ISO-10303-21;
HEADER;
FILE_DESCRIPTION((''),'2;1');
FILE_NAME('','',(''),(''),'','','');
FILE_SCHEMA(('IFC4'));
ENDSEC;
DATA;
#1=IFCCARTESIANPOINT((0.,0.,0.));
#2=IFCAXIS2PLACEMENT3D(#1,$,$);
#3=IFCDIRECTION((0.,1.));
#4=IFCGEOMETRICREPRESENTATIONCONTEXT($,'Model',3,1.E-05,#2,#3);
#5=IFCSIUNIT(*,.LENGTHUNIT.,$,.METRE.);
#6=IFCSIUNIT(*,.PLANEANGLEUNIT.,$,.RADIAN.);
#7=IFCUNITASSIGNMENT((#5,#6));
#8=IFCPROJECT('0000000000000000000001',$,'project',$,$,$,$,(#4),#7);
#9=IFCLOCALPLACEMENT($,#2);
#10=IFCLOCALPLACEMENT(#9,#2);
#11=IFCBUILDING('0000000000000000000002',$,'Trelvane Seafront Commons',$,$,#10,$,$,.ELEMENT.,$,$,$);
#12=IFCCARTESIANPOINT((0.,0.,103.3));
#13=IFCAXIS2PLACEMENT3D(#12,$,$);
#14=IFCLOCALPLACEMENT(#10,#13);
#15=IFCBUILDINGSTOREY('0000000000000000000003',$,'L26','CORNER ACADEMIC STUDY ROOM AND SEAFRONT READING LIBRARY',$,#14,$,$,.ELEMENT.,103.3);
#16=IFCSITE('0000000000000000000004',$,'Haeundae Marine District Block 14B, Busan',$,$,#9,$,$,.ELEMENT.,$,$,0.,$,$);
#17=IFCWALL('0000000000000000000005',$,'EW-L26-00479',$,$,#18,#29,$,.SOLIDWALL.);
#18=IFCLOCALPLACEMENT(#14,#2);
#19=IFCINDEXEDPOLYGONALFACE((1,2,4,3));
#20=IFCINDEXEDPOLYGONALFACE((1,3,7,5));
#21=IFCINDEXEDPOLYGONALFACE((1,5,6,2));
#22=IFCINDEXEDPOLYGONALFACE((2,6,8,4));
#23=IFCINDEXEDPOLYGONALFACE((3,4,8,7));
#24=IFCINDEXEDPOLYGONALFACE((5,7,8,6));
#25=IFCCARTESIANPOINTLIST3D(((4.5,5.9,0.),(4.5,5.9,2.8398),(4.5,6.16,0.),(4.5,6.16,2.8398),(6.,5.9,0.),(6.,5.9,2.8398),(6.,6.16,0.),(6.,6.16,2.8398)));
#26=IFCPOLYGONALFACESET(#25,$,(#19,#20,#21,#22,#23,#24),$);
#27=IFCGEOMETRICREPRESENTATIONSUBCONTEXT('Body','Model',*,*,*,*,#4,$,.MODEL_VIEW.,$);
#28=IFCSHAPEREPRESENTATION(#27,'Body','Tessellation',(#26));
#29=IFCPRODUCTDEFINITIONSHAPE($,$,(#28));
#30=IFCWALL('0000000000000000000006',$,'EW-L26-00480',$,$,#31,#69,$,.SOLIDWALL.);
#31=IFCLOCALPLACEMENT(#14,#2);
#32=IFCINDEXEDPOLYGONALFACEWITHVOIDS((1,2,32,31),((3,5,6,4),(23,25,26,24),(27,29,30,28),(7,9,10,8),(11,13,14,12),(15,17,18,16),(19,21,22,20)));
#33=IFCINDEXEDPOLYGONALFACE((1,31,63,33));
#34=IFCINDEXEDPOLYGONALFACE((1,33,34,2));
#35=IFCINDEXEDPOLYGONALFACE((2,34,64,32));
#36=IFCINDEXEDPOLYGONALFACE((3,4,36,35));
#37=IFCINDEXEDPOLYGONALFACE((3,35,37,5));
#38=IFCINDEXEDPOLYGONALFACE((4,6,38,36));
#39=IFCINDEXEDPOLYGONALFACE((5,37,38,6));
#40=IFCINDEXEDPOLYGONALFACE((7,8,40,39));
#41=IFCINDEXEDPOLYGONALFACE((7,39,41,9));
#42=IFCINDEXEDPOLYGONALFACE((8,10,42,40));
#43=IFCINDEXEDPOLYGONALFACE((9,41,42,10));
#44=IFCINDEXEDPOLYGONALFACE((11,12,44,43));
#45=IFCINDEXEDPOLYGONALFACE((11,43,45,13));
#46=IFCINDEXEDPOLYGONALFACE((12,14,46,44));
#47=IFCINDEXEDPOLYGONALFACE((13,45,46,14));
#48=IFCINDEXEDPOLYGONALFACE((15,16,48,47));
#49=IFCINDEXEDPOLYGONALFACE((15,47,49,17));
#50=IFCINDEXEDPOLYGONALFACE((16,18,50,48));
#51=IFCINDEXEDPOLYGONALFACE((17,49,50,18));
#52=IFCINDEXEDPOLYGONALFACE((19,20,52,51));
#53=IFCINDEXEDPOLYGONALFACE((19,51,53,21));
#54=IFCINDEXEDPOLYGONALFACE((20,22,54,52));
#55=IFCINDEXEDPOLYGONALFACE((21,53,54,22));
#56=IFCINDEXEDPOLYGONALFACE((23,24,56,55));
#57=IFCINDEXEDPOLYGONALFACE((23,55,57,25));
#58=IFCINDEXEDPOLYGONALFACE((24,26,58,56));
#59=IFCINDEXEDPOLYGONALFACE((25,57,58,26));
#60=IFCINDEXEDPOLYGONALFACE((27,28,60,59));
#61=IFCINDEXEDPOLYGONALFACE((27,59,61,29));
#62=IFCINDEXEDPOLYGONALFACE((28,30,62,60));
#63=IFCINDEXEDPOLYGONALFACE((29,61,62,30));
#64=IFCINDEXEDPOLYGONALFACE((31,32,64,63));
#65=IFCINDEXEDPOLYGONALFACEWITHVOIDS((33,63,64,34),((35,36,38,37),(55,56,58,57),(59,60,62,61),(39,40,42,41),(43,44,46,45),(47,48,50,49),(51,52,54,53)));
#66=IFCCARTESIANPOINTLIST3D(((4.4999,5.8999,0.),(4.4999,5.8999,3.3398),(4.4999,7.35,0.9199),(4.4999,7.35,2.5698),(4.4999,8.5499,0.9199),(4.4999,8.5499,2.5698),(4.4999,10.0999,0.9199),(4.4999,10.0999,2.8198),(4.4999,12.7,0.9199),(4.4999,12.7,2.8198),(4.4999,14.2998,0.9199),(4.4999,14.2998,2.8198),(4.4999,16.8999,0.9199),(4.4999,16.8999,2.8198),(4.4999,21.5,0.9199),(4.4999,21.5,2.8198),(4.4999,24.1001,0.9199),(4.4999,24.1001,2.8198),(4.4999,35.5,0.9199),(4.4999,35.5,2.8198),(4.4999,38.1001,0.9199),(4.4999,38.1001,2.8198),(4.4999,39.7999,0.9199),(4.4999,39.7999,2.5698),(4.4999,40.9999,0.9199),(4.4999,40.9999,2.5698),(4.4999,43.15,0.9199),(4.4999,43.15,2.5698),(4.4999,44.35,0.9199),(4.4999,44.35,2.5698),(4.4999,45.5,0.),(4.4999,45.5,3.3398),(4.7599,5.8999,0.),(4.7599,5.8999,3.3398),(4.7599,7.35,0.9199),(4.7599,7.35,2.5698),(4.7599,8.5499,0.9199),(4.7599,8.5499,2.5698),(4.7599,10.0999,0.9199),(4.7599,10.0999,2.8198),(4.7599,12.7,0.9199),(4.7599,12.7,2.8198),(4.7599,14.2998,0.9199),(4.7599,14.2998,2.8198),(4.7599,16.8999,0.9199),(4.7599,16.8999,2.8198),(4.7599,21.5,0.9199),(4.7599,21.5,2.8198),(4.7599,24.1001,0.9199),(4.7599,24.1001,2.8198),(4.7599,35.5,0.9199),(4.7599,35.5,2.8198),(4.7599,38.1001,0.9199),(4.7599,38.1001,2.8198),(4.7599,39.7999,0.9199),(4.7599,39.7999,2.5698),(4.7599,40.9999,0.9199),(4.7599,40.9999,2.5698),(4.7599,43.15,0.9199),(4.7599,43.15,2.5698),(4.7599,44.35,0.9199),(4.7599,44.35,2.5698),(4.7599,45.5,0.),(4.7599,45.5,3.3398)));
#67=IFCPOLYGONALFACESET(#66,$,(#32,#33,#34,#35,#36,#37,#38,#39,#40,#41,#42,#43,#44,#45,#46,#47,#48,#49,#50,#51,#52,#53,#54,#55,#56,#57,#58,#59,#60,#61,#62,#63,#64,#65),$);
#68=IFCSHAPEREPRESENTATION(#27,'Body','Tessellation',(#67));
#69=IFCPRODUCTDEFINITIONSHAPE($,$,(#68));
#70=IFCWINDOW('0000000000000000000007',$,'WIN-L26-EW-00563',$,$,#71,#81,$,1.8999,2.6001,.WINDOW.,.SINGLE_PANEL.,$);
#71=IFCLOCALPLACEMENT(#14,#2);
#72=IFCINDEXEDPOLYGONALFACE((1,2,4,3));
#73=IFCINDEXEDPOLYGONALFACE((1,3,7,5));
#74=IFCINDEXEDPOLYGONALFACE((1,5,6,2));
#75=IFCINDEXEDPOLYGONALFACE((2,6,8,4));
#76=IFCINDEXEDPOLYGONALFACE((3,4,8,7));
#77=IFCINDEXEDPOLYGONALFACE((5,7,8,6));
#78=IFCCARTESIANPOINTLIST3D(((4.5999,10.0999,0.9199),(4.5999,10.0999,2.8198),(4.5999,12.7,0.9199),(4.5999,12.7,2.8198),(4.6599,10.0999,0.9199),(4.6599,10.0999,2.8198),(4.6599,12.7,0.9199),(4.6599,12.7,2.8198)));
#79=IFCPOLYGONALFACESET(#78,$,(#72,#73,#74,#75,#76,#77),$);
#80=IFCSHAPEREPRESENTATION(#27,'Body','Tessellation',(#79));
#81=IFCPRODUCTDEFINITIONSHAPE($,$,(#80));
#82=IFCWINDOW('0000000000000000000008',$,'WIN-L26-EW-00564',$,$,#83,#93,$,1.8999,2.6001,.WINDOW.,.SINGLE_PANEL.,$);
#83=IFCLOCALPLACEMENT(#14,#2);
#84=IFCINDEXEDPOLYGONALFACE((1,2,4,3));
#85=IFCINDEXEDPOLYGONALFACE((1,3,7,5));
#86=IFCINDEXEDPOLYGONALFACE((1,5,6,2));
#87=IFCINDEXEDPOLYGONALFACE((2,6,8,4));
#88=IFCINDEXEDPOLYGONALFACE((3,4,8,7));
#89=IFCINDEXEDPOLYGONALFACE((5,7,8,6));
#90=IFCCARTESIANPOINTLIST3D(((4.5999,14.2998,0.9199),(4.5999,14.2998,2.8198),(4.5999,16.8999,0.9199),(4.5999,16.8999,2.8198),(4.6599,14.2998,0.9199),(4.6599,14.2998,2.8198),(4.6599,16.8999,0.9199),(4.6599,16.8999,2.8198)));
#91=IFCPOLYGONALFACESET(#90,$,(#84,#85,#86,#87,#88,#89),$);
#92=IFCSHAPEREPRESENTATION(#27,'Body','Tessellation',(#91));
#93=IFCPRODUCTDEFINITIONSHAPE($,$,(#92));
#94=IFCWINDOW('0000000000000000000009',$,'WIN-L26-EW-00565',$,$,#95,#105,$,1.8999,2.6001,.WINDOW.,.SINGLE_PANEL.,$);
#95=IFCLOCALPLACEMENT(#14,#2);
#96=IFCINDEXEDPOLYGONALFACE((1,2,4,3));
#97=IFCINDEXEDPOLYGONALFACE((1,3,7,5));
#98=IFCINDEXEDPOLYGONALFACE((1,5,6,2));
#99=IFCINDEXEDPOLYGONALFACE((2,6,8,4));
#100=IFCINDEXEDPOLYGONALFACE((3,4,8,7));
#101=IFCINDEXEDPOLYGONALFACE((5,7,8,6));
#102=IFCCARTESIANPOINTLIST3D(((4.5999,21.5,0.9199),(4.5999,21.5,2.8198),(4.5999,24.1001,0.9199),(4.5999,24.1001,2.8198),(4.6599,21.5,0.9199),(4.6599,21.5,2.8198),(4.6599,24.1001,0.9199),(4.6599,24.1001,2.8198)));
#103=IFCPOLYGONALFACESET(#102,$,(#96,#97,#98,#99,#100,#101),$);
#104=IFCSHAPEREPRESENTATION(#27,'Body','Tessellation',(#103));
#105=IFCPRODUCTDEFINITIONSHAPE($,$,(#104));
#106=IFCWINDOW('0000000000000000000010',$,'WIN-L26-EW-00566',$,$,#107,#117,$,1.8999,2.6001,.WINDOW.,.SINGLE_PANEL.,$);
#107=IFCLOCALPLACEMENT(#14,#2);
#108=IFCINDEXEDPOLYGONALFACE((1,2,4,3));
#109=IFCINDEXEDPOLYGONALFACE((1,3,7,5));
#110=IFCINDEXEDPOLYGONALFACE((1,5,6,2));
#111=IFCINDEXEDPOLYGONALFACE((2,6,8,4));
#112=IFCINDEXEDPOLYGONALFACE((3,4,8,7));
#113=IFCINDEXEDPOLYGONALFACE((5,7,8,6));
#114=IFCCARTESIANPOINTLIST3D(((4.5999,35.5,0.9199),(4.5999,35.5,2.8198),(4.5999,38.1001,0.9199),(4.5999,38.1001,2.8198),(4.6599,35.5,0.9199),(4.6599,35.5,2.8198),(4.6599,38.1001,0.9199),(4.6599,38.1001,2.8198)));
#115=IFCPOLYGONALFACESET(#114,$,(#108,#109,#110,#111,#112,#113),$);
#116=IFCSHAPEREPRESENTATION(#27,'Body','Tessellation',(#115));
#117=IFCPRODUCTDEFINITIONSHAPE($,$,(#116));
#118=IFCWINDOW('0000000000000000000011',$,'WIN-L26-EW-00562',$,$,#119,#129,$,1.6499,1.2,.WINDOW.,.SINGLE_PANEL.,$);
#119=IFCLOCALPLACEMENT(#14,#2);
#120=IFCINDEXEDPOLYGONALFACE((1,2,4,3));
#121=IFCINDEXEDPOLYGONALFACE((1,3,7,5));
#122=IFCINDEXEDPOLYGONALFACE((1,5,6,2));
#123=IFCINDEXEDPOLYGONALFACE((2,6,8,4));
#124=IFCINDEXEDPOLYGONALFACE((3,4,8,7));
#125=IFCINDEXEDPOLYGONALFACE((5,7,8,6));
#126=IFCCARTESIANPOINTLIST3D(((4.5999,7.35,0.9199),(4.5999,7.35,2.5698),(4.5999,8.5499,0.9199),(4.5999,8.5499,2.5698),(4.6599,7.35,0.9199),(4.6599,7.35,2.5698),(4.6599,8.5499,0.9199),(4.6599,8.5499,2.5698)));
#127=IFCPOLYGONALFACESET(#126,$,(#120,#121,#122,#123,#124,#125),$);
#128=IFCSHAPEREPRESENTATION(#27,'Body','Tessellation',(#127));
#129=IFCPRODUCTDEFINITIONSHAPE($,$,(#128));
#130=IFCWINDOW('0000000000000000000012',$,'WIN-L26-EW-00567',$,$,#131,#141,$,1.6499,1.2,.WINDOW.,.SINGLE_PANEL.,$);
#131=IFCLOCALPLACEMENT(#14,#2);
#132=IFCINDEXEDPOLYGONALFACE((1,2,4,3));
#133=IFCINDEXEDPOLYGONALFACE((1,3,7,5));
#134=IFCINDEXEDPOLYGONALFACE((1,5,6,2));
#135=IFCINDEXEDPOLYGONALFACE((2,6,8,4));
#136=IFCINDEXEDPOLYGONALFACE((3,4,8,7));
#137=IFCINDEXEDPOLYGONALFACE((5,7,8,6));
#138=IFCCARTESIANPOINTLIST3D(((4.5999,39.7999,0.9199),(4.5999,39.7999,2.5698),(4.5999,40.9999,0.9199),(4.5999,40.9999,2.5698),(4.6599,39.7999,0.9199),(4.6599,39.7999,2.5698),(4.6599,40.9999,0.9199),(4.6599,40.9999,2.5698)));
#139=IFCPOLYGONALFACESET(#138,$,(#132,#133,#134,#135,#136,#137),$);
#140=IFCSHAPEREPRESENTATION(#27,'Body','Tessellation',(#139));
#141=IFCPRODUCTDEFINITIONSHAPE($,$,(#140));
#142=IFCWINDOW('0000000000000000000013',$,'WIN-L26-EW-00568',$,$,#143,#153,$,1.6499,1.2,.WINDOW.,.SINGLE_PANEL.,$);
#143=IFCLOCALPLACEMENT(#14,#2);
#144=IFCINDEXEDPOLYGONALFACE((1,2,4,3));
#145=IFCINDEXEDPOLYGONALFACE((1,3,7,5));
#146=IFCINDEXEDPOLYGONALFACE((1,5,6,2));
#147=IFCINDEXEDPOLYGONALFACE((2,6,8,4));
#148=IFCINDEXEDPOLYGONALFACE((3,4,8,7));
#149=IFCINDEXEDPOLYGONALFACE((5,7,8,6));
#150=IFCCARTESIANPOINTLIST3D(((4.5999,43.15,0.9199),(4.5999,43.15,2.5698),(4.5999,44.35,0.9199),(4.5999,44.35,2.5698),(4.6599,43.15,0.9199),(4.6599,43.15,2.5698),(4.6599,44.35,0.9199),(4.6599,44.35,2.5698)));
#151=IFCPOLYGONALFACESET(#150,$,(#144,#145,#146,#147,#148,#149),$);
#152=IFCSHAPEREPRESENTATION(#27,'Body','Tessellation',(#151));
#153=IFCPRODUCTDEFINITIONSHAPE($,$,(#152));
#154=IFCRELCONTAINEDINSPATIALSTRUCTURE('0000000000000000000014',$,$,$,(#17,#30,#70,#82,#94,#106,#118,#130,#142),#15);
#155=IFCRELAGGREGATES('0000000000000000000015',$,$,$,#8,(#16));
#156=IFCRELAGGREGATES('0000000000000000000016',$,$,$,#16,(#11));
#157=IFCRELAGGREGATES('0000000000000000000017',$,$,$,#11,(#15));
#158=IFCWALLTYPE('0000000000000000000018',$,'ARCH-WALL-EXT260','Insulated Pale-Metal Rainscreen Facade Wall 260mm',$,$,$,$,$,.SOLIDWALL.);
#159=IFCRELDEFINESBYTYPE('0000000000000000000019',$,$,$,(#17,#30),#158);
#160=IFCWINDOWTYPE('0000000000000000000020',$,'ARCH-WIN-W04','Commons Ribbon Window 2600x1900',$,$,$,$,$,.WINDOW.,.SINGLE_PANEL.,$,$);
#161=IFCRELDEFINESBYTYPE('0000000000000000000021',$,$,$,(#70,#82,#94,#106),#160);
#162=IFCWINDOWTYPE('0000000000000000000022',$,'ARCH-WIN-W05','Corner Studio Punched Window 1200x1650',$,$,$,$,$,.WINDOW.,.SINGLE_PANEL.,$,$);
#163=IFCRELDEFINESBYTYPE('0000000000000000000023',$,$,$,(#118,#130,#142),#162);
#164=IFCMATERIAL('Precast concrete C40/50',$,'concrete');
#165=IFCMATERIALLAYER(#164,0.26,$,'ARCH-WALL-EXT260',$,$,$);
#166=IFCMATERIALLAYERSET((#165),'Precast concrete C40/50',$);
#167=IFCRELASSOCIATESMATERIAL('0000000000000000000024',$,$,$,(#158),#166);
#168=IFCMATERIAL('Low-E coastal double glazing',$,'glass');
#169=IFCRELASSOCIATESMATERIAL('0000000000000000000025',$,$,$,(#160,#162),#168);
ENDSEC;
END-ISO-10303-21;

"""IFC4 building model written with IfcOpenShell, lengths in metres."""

from ifc_helpers import new_model, si_unit, direction, frame, frame_2d, origin, place, context, subcontext, project, spatial, rectangle, extrude, source, transform, mapped, material, layer, layer_set, type_object, element, fill, save


model = new_model("IFC4")

# Units and contexts
model_context = context("Model", 3, precision=1e-05, world=origin(), true_north=direction((0.0, 1.0)))
body_context = subcontext(model_context, "Body", "Model", "MODEL_VIEW")
ifc_project = project(units=[si_unit("LENGTHUNIT", "METRE"), si_unit("PLANEANGLEUNIT", "RADIAN")], contexts=[model_context])

# Site, building, storey
site_placement = place(None, origin())
site = spatial("IfcSite", under=ifc_project, at=site_placement, Name="Haeundae Marine District Block 14B, Busan", CompositionType="ELEMENT", RefElevation=0.0)
building_placement = place(site_placement, origin())
building = spatial("IfcBuilding", under=site, at=building_placement, Name="Trelvane Seafront Commons", CompositionType="ELEMENT")
storey_placement = place(building_placement, frame((0.0, 0.0, 103.3)))
storey = spatial("IfcBuildingStorey", under=building, at=storey_placement, Name="L26", Description="CORNER ACADEMIC STUDY ROOM AND SEAFRONT READING LIBRARY", CompositionType="ELEMENT", Elevation=103.3)

# Wall
ifc_material_1 = material(Name="Precast concrete C40/50", Category="concrete")
ifc_layer_1 = layer(ifc_material_1, 0.26, Name="ARCH-WALL-EXT260")
ifc_layer_set_1 = layer_set([ifc_layer_1], Name="Precast concrete C40/50")
wall_type_1 = type_object("IfcWallType", Name="ARCH-WALL-EXT260", Description="Insulated Pale-Metal Rainscreen Facade Wall 260mm", PredefinedType="SOLIDWALL", material=ifc_layer_set_1)
wall_1_placement = place(storey_placement, frame((6.0, 6.03, 0.0), z_axis=(0.0, 0.0, 1.0), x_axis=(-1.0, 0.0, 0.0)))
element("IfcWall", 1, at=wall_1_placement, inside=storey, type_object=wall_type_1, Name="EW-L26-00479", PredefinedType="SOLIDWALL", context=body_context, shape_type="SweptSolid", body=[
    extrude(rectangle(XDim=1.5, YDim=0.26, at=frame_2d((0.75, 0.0))), origin(), (0.0, 0.0, 1.0), 2.8398),
])

# Wall, openings, windows
wall_2_placement = place(storey_placement, frame((4.6299, 5.8999, 0.0), z_axis=(0.0, 0.0, 1.0), x_axis=(0.0, 1.0, 0.0)))
wall_2 = element("IfcWall", 2, at=wall_2_placement, inside=storey, type_object=wall_type_1, Name="EW-L26-00480", PredefinedType="SOLIDWALL", context=body_context, shape_type="SweptSolid", body=[
    extrude(rectangle(XDim=39.6001, YDim=0.26, at=frame_2d((19.8, 0.0))), origin(), (0.0, 0.0, 1.0), 3.3398),
])
opening_1_placement = place(wall_2_placement, frame((1.45, 0.0, 0.9199)))
opening_1 = element("IfcOpeningElement", 3, at=opening_1_placement, cuts=wall_2, PredefinedType="OPENING", context=body_context, shape_type="SweptSolid", body=[
    extrude(rectangle(XDim=1.2, YDim=1.6499, at=frame_2d((0.6001, 0.825))), frame((0.0, 0.1399, 0.0), z_axis=(0.0, -1.0, 0.0), x_axis=(1.0, 0.0, 0.0)), (0.0, 0.0, 1.0), 0.28),
])
opening_2_placement = place(wall_2_placement, frame((4.2, 0.0, 0.9199)))
opening_2 = element("IfcOpeningElement", 4, at=opening_2_placement, cuts=wall_2, PredefinedType="OPENING", context=body_context, shape_type="SweptSolid", body=[
    extrude(rectangle(XDim=2.6001, YDim=1.8999, at=frame_2d((1.3, 0.95))), frame((0.0, 0.1399, 0.0), z_axis=(0.0, -1.0, 0.0), x_axis=(1.0, 0.0, 0.0)), (0.0, 0.0, 1.0), 0.28),
])
opening_3_placement = place(wall_2_placement, frame((8.3999, 0.0, 0.9199)))
opening_3 = element("IfcOpeningElement", 5, at=opening_3_placement, cuts=wall_2, PredefinedType="OPENING", context=body_context, shape_type="SweptSolid", body=[
    extrude(rectangle(XDim=2.6001, YDim=1.8999, at=frame_2d((1.3, 0.95))), frame((0.0, 0.1399, 0.0), z_axis=(0.0, -1.0, 0.0), x_axis=(1.0, 0.0, 0.0)), (0.0, 0.0, 1.0), 0.28),
])
opening_4_placement = place(wall_2_placement, frame((15.6001, 0.0, 0.9199)))
opening_4 = element("IfcOpeningElement", 6, at=opening_4_placement, cuts=wall_2, PredefinedType="OPENING", context=body_context, shape_type="SweptSolid", body=[
    extrude(rectangle(XDim=2.6001, YDim=1.8999, at=frame_2d((1.3, 0.95))), frame((0.0, 0.1399, 0.0), z_axis=(0.0, -1.0, 0.0), x_axis=(1.0, 0.0, 0.0)), (0.0, 0.0, 1.0), 0.28),
])
opening_5_placement = place(wall_2_placement, frame((29.6001, 0.0, 0.9199)))
opening_5 = element("IfcOpeningElement", 7, at=opening_5_placement, cuts=wall_2, PredefinedType="OPENING", context=body_context, shape_type="SweptSolid", body=[
    extrude(rectangle(XDim=2.6001, YDim=1.8999, at=frame_2d((1.3, 0.95))), frame((0.0, 0.1399, 0.0), z_axis=(0.0, -1.0, 0.0), x_axis=(1.0, 0.0, 0.0)), (0.0, 0.0, 1.0), 0.28),
])
opening_6_placement = place(wall_2_placement, frame((33.8999, 0.0, 0.9199)))
opening_6 = element("IfcOpeningElement", 8, at=opening_6_placement, cuts=wall_2, PredefinedType="OPENING", context=body_context, shape_type="SweptSolid", body=[
    extrude(rectangle(XDim=1.2, YDim=1.6499, at=frame_2d((0.6001, 0.825))), frame((0.0, 0.1399, 0.0), z_axis=(0.0, -1.0, 0.0), x_axis=(1.0, 0.0, 0.0)), (0.0, 0.0, 1.0), 0.28),
])
opening_7_placement = place(wall_2_placement, frame((37.25, 0.0, 0.9199)))
opening_7 = element("IfcOpeningElement", 9, at=opening_7_placement, cuts=wall_2, PredefinedType="OPENING", context=body_context, shape_type="SweptSolid", body=[
    extrude(rectangle(XDim=1.2, YDim=1.6499, at=frame_2d((0.6001, 0.825))), frame((0.0, 0.1399, 0.0), z_axis=(0.0, -1.0, 0.0), x_axis=(1.0, 0.0, 0.0)), (0.0, 0.0, 1.0), 0.28),
])
ifc_material_2 = material(Name="Low-E coastal double glazing", Category="glass")
window_type_1 = type_object("IfcWindowType", Name="ARCH-WIN-W04", Description="Commons Ribbon Window 2600x1900", PartitioningType="SINGLE_PANEL", PredefinedType="WINDOW", material=ifc_material_2)
shared_shape_1 = source(origin(), body_context, "Body", "SweptSolid", [
    extrude(rectangle(XDim=2.6001, YDim=1.8999, at=frame_2d((1.3, 0.95))), frame((0.0, 0.03, 0.0), z_axis=(0.0, -1.0, 0.0), x_axis=(1.0, 0.0, 0.0)), (0.0, 0.0, 1.0), 0.0601),
])
window_1_placement = place(opening_2_placement, origin())
window_1 = element("IfcWindow", 10, at=window_1_placement, inside=storey, type_object=window_type_1, Name="WIN-L26-EW-00563", OverallHeight=1.8999, OverallWidth=2.6001, PartitioningType="SINGLE_PANEL", PredefinedType="WINDOW", context=body_context, shape_type="MappedRepresentation", body=[
    mapped(shared_shape_1, transform((0.0, 0.0, 0.0), x_axis=(1.0, 0.0, 0.0), y_axis=(0.0, 1.0, 0.0), z_axis=(0.0, 0.0, 1.0), scale=1.0)),
])
fill(opening_2, window_1)
window_2_placement = place(opening_3_placement, origin())
window_2 = element("IfcWindow", 11, at=window_2_placement, inside=storey, type_object=window_type_1, Name="WIN-L26-EW-00564", OverallHeight=1.8999, OverallWidth=2.6001, PartitioningType="SINGLE_PANEL", PredefinedType="WINDOW", context=body_context, shape_type="MappedRepresentation", body=[
    mapped(shared_shape_1, transform((0.0, 0.0, 0.0), x_axis=(1.0, 0.0, 0.0), y_axis=(0.0, 1.0, 0.0), z_axis=(0.0, 0.0, 1.0), scale=1.0)),
])
fill(opening_3, window_2)
window_3_placement = place(opening_4_placement, origin())
window_3 = element("IfcWindow", 12, at=window_3_placement, inside=storey, type_object=window_type_1, Name="WIN-L26-EW-00565", OverallHeight=1.8999, OverallWidth=2.6001, PartitioningType="SINGLE_PANEL", PredefinedType="WINDOW", context=body_context, shape_type="MappedRepresentation", body=[
    mapped(shared_shape_1, transform((0.0, 0.0, 0.0), x_axis=(1.0, 0.0, 0.0), y_axis=(0.0, 1.0, 0.0), z_axis=(0.0, 0.0, 1.0), scale=1.0)),
])
fill(opening_4, window_3)
window_4_placement = place(opening_5_placement, origin())
window_4 = element("IfcWindow", 13, at=window_4_placement, inside=storey, type_object=window_type_1, Name="WIN-L26-EW-00566", OverallHeight=1.8999, OverallWidth=2.6001, PartitioningType="SINGLE_PANEL", PredefinedType="WINDOW", context=body_context, shape_type="MappedRepresentation", body=[
    mapped(shared_shape_1, transform((0.0, 0.0, 0.0), x_axis=(1.0, 0.0, 0.0), y_axis=(0.0, 1.0, 0.0), z_axis=(0.0, 0.0, 1.0), scale=1.0)),
])
fill(opening_5, window_4)
window_type_2 = type_object("IfcWindowType", Name="ARCH-WIN-W05", Description="Corner Studio Punched Window 1200x1650", PartitioningType="SINGLE_PANEL", PredefinedType="WINDOW", material=ifc_material_2)
shared_shape_2 = source(origin(), body_context, "Body", "SweptSolid", [
    extrude(rectangle(XDim=1.2, YDim=1.6499, at=frame_2d((0.6001, 0.825))), frame((0.0, 0.03, 0.0), z_axis=(0.0, -1.0, 0.0), x_axis=(1.0, 0.0, 0.0)), (0.0, 0.0, 1.0), 0.0601),
])
window_5_placement = place(opening_1_placement, origin())
window_5 = element("IfcWindow", 14, at=window_5_placement, inside=storey, type_object=window_type_2, Name="WIN-L26-EW-00562", OverallHeight=1.6499, OverallWidth=1.2, PartitioningType="SINGLE_PANEL", PredefinedType="WINDOW", context=body_context, shape_type="MappedRepresentation", body=[
    mapped(shared_shape_2, transform((0.0, 0.0, 0.0), x_axis=(1.0, 0.0, 0.0), y_axis=(0.0, 1.0, 0.0), z_axis=(0.0, 0.0, 1.0), scale=1.0)),
])
fill(opening_1, window_5)
window_6_placement = place(opening_6_placement, origin())
window_6 = element("IfcWindow", 15, at=window_6_placement, inside=storey, type_object=window_type_2, Name="WIN-L26-EW-00567", OverallHeight=1.6499, OverallWidth=1.2, PartitioningType="SINGLE_PANEL", PredefinedType="WINDOW", context=body_context, shape_type="MappedRepresentation", body=[
    mapped(shared_shape_2, transform((0.0, 0.0, 0.0), x_axis=(1.0, 0.0, 0.0), y_axis=(0.0, 1.0, 0.0), z_axis=(0.0, 0.0, 1.0), scale=1.0)),
])
fill(opening_6, window_6)
window_7_placement = place(opening_7_placement, origin())
window_7 = element("IfcWindow", 16, at=window_7_placement, inside=storey, type_object=window_type_2, Name="WIN-L26-EW-00568", OverallHeight=1.6499, OverallWidth=1.2, PartitioningType="SINGLE_PANEL", PredefinedType="WINDOW", context=body_context, shape_type="MappedRepresentation", body=[
    mapped(shared_shape_2, transform((0.0, 0.0, 0.0), x_axis=(1.0, 0.0, 0.0), y_axis=(0.0, 1.0, 0.0), z_axis=(0.0, 0.0, 1.0), scale=1.0)),
])
fill(opening_7, window_7)

save(model, "model.ifc")
